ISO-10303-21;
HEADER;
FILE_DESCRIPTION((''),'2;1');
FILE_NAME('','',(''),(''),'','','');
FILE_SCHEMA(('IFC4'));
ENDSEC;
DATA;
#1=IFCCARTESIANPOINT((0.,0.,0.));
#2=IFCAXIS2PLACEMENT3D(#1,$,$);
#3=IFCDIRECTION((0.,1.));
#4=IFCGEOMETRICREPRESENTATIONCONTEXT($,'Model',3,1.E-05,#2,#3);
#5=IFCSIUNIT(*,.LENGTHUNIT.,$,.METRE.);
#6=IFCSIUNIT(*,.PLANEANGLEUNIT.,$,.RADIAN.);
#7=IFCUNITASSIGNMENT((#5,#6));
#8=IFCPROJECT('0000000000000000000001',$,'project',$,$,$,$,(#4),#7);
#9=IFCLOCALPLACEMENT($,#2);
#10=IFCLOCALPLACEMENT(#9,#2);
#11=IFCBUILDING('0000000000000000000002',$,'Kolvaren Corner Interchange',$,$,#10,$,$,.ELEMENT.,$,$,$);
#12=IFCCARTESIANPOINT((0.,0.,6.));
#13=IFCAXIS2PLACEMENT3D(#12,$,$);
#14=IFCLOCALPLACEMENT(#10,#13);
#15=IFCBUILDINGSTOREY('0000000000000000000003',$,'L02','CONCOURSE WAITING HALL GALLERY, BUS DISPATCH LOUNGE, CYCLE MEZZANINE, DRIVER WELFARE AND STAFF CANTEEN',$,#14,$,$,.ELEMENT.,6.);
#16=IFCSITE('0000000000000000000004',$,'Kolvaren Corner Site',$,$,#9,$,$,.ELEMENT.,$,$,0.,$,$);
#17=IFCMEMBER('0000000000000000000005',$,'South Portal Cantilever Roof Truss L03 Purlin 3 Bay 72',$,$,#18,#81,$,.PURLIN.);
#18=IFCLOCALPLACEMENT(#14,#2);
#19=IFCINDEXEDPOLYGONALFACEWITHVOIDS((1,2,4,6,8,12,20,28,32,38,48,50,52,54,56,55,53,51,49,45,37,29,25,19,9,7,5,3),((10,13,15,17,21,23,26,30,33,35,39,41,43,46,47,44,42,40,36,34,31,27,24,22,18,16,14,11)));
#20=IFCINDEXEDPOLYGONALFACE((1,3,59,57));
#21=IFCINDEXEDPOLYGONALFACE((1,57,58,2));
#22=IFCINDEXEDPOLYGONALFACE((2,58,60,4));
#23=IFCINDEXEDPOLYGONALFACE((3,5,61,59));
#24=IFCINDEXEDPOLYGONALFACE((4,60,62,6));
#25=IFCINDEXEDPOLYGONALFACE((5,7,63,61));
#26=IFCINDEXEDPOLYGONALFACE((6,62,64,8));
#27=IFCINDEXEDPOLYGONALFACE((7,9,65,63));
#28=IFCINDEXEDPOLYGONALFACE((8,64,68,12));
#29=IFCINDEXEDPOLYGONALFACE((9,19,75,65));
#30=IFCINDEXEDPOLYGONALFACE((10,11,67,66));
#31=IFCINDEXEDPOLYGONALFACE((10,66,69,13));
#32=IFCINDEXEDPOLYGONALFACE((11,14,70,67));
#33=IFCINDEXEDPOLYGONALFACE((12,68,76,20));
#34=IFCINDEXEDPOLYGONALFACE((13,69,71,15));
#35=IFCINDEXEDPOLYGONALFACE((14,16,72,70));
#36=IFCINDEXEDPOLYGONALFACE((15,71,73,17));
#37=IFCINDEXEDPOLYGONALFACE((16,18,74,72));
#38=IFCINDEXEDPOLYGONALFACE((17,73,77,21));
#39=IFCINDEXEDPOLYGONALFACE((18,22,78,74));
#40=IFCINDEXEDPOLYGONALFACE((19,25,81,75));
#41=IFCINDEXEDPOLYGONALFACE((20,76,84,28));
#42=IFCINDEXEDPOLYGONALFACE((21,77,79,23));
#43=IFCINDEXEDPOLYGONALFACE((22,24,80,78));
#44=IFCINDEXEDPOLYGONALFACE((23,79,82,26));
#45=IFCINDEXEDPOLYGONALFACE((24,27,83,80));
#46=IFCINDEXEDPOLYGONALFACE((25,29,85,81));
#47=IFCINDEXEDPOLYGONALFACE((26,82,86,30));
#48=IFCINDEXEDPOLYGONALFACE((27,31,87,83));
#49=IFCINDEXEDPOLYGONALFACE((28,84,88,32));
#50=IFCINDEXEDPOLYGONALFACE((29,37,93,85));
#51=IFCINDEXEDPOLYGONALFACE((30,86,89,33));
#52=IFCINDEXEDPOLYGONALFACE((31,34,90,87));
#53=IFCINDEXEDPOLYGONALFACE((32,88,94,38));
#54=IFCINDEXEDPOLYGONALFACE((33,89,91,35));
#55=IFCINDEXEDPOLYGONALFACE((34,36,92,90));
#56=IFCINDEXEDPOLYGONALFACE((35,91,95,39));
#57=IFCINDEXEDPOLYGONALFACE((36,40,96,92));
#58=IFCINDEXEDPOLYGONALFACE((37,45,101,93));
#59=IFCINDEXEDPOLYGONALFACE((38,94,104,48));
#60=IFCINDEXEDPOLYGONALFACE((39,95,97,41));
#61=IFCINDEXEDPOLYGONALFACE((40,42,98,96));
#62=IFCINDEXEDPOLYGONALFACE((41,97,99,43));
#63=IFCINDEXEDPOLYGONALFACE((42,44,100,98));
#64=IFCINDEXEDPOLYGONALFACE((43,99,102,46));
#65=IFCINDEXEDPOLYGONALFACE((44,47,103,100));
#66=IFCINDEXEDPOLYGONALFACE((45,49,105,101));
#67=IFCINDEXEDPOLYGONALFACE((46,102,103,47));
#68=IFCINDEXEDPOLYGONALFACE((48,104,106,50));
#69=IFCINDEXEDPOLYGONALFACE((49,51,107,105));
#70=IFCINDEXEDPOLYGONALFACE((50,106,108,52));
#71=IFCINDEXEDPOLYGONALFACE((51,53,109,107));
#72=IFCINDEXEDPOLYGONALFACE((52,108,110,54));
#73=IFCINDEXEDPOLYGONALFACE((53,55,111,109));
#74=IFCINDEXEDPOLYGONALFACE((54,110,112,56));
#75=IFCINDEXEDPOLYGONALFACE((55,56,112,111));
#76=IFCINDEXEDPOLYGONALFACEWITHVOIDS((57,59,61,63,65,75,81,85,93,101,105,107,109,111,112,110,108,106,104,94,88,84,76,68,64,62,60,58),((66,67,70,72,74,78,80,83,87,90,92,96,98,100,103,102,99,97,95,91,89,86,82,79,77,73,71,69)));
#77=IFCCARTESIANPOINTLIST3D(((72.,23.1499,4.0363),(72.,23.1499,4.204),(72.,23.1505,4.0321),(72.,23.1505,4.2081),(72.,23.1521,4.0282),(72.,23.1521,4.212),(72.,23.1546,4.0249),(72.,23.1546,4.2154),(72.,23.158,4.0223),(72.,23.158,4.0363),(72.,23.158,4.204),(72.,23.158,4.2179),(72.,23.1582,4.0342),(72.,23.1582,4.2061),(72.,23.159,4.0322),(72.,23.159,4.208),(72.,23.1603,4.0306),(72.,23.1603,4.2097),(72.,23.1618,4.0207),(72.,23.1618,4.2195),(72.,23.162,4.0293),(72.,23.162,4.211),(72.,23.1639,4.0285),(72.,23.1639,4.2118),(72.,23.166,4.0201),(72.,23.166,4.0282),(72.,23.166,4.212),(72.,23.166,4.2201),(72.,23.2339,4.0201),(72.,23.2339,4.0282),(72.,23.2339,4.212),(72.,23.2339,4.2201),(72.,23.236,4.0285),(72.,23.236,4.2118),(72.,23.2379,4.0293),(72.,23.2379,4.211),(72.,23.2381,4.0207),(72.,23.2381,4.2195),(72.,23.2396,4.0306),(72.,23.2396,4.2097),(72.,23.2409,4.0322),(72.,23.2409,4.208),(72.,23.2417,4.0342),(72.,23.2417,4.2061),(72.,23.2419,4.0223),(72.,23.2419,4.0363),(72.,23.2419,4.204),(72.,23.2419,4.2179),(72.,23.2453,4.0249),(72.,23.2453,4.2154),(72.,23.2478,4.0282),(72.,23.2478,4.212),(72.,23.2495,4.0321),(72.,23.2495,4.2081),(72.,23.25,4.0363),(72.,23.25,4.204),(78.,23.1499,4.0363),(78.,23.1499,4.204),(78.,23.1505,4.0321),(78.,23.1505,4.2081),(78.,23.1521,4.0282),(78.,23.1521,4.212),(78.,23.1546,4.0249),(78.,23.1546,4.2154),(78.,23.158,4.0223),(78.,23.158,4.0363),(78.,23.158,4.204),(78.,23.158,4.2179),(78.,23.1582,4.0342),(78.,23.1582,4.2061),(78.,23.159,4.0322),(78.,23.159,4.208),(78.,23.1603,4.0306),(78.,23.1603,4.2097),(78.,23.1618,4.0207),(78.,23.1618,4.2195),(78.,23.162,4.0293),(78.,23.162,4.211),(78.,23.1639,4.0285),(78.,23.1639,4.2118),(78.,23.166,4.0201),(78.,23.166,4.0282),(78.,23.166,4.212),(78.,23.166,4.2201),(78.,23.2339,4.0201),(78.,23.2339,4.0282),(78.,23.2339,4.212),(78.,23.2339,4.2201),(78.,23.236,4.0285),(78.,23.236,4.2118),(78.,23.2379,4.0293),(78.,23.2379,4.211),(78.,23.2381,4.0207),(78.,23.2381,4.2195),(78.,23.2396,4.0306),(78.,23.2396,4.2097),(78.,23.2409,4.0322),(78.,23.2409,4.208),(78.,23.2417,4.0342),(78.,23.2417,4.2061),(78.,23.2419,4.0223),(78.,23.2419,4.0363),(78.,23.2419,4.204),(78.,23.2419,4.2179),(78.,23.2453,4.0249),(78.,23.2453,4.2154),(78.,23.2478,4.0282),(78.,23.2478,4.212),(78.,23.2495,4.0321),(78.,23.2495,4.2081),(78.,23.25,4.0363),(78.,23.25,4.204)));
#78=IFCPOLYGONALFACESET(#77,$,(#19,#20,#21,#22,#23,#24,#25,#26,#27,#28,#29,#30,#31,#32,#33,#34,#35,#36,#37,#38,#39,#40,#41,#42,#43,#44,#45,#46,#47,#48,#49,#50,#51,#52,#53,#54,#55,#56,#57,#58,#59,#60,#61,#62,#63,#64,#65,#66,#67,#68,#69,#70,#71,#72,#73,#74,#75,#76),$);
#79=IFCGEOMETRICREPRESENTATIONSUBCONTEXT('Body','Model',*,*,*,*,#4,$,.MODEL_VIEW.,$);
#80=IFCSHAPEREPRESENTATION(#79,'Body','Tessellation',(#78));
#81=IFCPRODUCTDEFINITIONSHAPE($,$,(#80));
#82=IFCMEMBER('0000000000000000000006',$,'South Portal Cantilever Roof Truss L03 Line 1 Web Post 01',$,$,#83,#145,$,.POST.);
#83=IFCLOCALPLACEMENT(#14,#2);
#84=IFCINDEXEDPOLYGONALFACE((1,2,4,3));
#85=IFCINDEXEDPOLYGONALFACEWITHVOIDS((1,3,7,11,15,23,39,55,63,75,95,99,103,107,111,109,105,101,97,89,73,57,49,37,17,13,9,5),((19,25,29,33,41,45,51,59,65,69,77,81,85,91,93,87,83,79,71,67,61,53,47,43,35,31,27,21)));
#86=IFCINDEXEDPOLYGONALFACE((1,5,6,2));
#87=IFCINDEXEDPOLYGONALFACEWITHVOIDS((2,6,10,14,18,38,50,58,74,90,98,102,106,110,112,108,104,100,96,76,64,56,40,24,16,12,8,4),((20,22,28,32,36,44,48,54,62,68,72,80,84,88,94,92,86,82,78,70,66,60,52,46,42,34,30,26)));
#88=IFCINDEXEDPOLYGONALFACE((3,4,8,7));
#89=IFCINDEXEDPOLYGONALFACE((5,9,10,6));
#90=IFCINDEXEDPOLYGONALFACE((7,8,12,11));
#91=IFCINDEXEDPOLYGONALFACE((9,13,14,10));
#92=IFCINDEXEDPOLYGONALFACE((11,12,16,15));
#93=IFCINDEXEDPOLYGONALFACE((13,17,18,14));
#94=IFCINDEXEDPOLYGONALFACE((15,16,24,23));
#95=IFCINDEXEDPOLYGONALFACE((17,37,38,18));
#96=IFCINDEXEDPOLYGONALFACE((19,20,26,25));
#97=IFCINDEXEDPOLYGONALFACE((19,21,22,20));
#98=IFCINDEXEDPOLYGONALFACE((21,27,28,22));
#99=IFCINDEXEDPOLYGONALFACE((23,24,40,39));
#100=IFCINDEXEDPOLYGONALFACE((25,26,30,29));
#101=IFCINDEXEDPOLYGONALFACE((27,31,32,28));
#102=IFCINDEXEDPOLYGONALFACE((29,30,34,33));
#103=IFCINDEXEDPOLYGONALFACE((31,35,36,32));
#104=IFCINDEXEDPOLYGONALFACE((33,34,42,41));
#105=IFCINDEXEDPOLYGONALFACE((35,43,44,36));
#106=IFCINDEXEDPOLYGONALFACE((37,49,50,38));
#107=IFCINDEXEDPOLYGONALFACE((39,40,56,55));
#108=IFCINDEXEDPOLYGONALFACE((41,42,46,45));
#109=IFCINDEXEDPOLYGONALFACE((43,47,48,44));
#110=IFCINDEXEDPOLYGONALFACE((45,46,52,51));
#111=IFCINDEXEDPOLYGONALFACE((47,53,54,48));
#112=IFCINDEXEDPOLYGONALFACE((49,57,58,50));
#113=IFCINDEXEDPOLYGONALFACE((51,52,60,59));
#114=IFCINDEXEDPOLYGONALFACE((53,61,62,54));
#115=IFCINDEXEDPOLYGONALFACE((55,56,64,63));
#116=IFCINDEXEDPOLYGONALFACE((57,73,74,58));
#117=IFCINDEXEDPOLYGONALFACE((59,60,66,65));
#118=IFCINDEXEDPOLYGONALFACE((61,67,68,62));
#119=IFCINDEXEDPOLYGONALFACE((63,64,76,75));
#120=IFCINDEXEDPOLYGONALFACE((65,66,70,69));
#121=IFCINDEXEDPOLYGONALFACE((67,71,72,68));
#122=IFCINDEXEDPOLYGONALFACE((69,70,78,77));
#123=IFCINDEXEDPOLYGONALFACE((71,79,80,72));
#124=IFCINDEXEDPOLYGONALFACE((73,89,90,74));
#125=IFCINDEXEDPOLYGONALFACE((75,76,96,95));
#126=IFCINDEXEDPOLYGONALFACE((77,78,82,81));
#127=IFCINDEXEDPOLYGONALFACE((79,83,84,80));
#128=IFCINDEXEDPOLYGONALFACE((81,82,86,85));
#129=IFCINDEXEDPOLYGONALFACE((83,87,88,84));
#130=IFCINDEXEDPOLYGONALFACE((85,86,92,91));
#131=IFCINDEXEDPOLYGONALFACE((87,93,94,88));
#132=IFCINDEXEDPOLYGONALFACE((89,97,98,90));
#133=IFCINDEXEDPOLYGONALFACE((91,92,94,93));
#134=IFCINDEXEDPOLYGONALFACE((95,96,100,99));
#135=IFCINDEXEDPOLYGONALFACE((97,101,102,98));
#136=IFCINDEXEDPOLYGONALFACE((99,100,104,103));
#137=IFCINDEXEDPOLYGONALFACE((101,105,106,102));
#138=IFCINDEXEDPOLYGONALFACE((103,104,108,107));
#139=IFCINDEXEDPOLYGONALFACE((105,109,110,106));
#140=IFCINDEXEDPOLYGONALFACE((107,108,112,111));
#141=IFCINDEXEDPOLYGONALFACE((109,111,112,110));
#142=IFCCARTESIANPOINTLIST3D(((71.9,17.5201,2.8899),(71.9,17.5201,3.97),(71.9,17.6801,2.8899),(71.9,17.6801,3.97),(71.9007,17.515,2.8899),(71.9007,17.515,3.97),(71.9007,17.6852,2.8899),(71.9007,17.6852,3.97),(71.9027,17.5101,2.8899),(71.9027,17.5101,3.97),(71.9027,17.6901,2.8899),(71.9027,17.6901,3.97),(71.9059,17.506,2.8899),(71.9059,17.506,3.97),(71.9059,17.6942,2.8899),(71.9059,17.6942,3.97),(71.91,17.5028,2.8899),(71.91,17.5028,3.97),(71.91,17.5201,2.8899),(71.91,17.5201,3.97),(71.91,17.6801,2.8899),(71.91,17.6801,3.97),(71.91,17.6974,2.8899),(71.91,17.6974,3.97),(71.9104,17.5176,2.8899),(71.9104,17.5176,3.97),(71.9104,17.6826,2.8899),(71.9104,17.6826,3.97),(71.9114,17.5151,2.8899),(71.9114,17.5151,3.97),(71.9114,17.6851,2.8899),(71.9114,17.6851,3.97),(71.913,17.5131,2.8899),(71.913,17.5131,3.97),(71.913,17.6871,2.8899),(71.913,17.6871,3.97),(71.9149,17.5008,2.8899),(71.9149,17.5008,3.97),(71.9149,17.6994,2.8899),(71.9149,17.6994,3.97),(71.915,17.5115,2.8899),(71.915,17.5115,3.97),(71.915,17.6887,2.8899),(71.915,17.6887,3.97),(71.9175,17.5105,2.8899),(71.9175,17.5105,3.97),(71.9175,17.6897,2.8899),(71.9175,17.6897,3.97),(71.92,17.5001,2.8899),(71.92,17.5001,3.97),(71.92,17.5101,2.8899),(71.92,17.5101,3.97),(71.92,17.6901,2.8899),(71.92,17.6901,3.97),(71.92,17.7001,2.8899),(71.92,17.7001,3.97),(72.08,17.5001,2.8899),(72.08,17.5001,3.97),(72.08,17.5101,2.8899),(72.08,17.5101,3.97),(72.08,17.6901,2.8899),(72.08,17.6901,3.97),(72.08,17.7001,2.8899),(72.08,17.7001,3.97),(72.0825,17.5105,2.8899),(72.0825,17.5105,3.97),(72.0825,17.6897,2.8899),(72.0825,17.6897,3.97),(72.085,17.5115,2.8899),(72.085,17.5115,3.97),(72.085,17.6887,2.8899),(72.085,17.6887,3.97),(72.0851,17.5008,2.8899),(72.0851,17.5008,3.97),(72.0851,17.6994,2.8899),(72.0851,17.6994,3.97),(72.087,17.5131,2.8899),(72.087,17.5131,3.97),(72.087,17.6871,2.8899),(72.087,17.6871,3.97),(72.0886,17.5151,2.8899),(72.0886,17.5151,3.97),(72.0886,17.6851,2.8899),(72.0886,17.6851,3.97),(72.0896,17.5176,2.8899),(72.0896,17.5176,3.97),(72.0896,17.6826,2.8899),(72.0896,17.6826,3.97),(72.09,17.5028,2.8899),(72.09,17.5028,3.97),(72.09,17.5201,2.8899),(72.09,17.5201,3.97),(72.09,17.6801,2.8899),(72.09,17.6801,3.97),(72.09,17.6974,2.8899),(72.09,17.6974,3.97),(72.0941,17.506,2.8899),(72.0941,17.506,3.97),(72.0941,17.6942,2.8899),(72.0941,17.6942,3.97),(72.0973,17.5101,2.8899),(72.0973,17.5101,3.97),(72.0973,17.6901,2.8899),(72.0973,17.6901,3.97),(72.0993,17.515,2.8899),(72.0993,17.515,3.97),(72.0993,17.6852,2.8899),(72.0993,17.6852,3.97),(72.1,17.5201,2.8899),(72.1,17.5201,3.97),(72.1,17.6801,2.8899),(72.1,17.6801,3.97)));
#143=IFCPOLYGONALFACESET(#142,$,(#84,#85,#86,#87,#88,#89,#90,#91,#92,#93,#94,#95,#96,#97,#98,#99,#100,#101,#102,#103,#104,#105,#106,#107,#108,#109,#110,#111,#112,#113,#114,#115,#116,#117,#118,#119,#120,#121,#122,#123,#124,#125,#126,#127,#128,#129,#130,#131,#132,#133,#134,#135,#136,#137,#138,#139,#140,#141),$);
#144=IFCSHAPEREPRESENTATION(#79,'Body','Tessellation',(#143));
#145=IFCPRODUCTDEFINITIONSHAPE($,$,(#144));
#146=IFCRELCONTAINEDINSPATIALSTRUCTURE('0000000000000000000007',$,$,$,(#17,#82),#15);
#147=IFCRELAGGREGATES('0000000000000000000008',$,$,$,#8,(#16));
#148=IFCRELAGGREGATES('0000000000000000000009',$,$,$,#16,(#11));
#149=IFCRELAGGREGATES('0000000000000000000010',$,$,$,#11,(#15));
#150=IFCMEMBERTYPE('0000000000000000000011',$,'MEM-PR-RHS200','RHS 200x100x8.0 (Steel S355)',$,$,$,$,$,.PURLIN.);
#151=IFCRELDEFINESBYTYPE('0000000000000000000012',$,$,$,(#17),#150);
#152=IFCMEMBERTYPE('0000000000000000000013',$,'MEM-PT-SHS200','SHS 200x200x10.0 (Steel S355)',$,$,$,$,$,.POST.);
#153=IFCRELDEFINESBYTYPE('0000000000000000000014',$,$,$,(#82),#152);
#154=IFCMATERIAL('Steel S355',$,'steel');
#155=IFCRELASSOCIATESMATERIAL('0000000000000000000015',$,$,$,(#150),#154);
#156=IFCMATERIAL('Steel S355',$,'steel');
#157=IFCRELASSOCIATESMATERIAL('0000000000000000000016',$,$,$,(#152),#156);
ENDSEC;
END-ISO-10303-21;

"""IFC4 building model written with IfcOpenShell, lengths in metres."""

from ifc_helpers import new_model, si_unit, direction, frame, origin, origin_2d, place, context, subcontext, project, spatial, hollow_rectangle, extrude, material, material_profile, profile_set, type_object, element, save


model = new_model("IFC4")

# Units and contexts
model_context = context("Model", 3, precision=1e-05, world=origin(), true_north=direction((0.0, 1.0)))
body_context = subcontext(model_context, "Body", "Model", "MODEL_VIEW")
ifc_project = project(units=[si_unit("LENGTHUNIT", "METRE"), si_unit("PLANEANGLEUNIT", "RADIAN")], contexts=[model_context])

# Site, building, storey
site_placement = place(None, origin())
site = spatial("IfcSite", under=ifc_project, at=site_placement, Name="Kolvaren Corner Site", CompositionType="ELEMENT", RefElevation=0.0)
building_placement = place(site_placement, origin())
building = spatial("IfcBuilding", under=site, at=building_placement, Name="Kolvaren Corner Interchange", CompositionType="ELEMENT")
storey_placement = place(building_placement, frame((0.0, 0.0, 6.0)))
storey = spatial("IfcBuildingStorey", under=building, at=storey_placement, Name="L02", Description="CONCOURSE WAITING HALL GALLERY, BUS DISPATCH LOUNGE, CYCLE MEZZANINE, DRIVER WELFARE AND STAFF CANTEEN", CompositionType="ELEMENT", Elevation=6.0)

# Members
ifc_material_1 = material(Name="Steel S355", Category="steel")
ifc_material_profile_1 = material_profile(ifc_material_1, hollow_rectangle(XDim=0.1001, YDim=0.2, WallThickness=0.0081, InnerFilletRadius=0.0081, OuterFilletRadius=0.0161, at=origin_2d()), Name="RHS 200x100x8.0")
ifc_profile_set_1 = profile_set([ifc_material_profile_1], Name="Steel S355")
member_type_1 = type_object("IfcMemberType", Name="MEM-PR-RHS200", Description="RHS 200x100x8.0 (Steel S355)", PredefinedType="PURLIN", material=ifc_profile_set_1)
for number, where, z_axis, x_axis, name in (
    (1, (72.0, 23.2, 4.1201), (1.0, 0.0, 0.0), (0.0, 1.0, 0.0), "South Portal Cantilever Roof Truss L03 Purlin 3 Bay 72"),
):
    element("IfcMember", number, at=place(storey_placement, frame(where, z_axis=z_axis, x_axis=x_axis)), inside=storey, type_object=member_type_1, Name=name, PredefinedType="PURLIN", context=body_context, shape_type="SweptSolid", body=[
        extrude(hollow_rectangle(XDim=0.1001, YDim=0.2, WallThickness=0.0081, InnerFilletRadius=0.0081, OuterFilletRadius=0.0161, at=origin_2d()), origin(), (0.0, 0.0, 1.0), 6.0),
    ])
ifc_material_2 = material(Name="Steel S355", Category="steel")
ifc_material_profile_2 = material_profile(ifc_material_2, hollow_rectangle(XDim=0.2, YDim=0.2, WallThickness=0.01, InnerFilletRadius=0.01, OuterFilletRadius=0.02, at=origin_2d()), Name="SHS 200x200x10.0")
ifc_profile_set_2 = profile_set([ifc_material_profile_2], Name="Steel S355")
member_type_2 = type_object("IfcMemberType", Name="MEM-PT-SHS200", Description="SHS 200x200x10.0 (Steel S355)", PredefinedType="POST", material=ifc_profile_set_2)
for number, where, z_axis, x_axis, name in (
    (2, (72.0, 17.6001, 2.8899), (0.0, 0.0, 1.0), (1.0, 0.0, 0.0), "South Portal Cantilever Roof Truss L03 Line 1 Web Post 01"),
):
    element("IfcMember", number, at=place(storey_placement, frame(where, z_axis=z_axis, x_axis=x_axis)), inside=storey, type_object=member_type_2, Name=name, PredefinedType="POST", context=body_context, shape_type="SweptSolid", body=[
        extrude(hollow_rectangle(XDim=0.2, YDim=0.2, WallThickness=0.01, InnerFilletRadius=0.01, OuterFilletRadius=0.02, at=origin_2d()), origin(), (0.0, 0.0, 1.0), 1.0801),
    ])

save(model, "model.ifc")
